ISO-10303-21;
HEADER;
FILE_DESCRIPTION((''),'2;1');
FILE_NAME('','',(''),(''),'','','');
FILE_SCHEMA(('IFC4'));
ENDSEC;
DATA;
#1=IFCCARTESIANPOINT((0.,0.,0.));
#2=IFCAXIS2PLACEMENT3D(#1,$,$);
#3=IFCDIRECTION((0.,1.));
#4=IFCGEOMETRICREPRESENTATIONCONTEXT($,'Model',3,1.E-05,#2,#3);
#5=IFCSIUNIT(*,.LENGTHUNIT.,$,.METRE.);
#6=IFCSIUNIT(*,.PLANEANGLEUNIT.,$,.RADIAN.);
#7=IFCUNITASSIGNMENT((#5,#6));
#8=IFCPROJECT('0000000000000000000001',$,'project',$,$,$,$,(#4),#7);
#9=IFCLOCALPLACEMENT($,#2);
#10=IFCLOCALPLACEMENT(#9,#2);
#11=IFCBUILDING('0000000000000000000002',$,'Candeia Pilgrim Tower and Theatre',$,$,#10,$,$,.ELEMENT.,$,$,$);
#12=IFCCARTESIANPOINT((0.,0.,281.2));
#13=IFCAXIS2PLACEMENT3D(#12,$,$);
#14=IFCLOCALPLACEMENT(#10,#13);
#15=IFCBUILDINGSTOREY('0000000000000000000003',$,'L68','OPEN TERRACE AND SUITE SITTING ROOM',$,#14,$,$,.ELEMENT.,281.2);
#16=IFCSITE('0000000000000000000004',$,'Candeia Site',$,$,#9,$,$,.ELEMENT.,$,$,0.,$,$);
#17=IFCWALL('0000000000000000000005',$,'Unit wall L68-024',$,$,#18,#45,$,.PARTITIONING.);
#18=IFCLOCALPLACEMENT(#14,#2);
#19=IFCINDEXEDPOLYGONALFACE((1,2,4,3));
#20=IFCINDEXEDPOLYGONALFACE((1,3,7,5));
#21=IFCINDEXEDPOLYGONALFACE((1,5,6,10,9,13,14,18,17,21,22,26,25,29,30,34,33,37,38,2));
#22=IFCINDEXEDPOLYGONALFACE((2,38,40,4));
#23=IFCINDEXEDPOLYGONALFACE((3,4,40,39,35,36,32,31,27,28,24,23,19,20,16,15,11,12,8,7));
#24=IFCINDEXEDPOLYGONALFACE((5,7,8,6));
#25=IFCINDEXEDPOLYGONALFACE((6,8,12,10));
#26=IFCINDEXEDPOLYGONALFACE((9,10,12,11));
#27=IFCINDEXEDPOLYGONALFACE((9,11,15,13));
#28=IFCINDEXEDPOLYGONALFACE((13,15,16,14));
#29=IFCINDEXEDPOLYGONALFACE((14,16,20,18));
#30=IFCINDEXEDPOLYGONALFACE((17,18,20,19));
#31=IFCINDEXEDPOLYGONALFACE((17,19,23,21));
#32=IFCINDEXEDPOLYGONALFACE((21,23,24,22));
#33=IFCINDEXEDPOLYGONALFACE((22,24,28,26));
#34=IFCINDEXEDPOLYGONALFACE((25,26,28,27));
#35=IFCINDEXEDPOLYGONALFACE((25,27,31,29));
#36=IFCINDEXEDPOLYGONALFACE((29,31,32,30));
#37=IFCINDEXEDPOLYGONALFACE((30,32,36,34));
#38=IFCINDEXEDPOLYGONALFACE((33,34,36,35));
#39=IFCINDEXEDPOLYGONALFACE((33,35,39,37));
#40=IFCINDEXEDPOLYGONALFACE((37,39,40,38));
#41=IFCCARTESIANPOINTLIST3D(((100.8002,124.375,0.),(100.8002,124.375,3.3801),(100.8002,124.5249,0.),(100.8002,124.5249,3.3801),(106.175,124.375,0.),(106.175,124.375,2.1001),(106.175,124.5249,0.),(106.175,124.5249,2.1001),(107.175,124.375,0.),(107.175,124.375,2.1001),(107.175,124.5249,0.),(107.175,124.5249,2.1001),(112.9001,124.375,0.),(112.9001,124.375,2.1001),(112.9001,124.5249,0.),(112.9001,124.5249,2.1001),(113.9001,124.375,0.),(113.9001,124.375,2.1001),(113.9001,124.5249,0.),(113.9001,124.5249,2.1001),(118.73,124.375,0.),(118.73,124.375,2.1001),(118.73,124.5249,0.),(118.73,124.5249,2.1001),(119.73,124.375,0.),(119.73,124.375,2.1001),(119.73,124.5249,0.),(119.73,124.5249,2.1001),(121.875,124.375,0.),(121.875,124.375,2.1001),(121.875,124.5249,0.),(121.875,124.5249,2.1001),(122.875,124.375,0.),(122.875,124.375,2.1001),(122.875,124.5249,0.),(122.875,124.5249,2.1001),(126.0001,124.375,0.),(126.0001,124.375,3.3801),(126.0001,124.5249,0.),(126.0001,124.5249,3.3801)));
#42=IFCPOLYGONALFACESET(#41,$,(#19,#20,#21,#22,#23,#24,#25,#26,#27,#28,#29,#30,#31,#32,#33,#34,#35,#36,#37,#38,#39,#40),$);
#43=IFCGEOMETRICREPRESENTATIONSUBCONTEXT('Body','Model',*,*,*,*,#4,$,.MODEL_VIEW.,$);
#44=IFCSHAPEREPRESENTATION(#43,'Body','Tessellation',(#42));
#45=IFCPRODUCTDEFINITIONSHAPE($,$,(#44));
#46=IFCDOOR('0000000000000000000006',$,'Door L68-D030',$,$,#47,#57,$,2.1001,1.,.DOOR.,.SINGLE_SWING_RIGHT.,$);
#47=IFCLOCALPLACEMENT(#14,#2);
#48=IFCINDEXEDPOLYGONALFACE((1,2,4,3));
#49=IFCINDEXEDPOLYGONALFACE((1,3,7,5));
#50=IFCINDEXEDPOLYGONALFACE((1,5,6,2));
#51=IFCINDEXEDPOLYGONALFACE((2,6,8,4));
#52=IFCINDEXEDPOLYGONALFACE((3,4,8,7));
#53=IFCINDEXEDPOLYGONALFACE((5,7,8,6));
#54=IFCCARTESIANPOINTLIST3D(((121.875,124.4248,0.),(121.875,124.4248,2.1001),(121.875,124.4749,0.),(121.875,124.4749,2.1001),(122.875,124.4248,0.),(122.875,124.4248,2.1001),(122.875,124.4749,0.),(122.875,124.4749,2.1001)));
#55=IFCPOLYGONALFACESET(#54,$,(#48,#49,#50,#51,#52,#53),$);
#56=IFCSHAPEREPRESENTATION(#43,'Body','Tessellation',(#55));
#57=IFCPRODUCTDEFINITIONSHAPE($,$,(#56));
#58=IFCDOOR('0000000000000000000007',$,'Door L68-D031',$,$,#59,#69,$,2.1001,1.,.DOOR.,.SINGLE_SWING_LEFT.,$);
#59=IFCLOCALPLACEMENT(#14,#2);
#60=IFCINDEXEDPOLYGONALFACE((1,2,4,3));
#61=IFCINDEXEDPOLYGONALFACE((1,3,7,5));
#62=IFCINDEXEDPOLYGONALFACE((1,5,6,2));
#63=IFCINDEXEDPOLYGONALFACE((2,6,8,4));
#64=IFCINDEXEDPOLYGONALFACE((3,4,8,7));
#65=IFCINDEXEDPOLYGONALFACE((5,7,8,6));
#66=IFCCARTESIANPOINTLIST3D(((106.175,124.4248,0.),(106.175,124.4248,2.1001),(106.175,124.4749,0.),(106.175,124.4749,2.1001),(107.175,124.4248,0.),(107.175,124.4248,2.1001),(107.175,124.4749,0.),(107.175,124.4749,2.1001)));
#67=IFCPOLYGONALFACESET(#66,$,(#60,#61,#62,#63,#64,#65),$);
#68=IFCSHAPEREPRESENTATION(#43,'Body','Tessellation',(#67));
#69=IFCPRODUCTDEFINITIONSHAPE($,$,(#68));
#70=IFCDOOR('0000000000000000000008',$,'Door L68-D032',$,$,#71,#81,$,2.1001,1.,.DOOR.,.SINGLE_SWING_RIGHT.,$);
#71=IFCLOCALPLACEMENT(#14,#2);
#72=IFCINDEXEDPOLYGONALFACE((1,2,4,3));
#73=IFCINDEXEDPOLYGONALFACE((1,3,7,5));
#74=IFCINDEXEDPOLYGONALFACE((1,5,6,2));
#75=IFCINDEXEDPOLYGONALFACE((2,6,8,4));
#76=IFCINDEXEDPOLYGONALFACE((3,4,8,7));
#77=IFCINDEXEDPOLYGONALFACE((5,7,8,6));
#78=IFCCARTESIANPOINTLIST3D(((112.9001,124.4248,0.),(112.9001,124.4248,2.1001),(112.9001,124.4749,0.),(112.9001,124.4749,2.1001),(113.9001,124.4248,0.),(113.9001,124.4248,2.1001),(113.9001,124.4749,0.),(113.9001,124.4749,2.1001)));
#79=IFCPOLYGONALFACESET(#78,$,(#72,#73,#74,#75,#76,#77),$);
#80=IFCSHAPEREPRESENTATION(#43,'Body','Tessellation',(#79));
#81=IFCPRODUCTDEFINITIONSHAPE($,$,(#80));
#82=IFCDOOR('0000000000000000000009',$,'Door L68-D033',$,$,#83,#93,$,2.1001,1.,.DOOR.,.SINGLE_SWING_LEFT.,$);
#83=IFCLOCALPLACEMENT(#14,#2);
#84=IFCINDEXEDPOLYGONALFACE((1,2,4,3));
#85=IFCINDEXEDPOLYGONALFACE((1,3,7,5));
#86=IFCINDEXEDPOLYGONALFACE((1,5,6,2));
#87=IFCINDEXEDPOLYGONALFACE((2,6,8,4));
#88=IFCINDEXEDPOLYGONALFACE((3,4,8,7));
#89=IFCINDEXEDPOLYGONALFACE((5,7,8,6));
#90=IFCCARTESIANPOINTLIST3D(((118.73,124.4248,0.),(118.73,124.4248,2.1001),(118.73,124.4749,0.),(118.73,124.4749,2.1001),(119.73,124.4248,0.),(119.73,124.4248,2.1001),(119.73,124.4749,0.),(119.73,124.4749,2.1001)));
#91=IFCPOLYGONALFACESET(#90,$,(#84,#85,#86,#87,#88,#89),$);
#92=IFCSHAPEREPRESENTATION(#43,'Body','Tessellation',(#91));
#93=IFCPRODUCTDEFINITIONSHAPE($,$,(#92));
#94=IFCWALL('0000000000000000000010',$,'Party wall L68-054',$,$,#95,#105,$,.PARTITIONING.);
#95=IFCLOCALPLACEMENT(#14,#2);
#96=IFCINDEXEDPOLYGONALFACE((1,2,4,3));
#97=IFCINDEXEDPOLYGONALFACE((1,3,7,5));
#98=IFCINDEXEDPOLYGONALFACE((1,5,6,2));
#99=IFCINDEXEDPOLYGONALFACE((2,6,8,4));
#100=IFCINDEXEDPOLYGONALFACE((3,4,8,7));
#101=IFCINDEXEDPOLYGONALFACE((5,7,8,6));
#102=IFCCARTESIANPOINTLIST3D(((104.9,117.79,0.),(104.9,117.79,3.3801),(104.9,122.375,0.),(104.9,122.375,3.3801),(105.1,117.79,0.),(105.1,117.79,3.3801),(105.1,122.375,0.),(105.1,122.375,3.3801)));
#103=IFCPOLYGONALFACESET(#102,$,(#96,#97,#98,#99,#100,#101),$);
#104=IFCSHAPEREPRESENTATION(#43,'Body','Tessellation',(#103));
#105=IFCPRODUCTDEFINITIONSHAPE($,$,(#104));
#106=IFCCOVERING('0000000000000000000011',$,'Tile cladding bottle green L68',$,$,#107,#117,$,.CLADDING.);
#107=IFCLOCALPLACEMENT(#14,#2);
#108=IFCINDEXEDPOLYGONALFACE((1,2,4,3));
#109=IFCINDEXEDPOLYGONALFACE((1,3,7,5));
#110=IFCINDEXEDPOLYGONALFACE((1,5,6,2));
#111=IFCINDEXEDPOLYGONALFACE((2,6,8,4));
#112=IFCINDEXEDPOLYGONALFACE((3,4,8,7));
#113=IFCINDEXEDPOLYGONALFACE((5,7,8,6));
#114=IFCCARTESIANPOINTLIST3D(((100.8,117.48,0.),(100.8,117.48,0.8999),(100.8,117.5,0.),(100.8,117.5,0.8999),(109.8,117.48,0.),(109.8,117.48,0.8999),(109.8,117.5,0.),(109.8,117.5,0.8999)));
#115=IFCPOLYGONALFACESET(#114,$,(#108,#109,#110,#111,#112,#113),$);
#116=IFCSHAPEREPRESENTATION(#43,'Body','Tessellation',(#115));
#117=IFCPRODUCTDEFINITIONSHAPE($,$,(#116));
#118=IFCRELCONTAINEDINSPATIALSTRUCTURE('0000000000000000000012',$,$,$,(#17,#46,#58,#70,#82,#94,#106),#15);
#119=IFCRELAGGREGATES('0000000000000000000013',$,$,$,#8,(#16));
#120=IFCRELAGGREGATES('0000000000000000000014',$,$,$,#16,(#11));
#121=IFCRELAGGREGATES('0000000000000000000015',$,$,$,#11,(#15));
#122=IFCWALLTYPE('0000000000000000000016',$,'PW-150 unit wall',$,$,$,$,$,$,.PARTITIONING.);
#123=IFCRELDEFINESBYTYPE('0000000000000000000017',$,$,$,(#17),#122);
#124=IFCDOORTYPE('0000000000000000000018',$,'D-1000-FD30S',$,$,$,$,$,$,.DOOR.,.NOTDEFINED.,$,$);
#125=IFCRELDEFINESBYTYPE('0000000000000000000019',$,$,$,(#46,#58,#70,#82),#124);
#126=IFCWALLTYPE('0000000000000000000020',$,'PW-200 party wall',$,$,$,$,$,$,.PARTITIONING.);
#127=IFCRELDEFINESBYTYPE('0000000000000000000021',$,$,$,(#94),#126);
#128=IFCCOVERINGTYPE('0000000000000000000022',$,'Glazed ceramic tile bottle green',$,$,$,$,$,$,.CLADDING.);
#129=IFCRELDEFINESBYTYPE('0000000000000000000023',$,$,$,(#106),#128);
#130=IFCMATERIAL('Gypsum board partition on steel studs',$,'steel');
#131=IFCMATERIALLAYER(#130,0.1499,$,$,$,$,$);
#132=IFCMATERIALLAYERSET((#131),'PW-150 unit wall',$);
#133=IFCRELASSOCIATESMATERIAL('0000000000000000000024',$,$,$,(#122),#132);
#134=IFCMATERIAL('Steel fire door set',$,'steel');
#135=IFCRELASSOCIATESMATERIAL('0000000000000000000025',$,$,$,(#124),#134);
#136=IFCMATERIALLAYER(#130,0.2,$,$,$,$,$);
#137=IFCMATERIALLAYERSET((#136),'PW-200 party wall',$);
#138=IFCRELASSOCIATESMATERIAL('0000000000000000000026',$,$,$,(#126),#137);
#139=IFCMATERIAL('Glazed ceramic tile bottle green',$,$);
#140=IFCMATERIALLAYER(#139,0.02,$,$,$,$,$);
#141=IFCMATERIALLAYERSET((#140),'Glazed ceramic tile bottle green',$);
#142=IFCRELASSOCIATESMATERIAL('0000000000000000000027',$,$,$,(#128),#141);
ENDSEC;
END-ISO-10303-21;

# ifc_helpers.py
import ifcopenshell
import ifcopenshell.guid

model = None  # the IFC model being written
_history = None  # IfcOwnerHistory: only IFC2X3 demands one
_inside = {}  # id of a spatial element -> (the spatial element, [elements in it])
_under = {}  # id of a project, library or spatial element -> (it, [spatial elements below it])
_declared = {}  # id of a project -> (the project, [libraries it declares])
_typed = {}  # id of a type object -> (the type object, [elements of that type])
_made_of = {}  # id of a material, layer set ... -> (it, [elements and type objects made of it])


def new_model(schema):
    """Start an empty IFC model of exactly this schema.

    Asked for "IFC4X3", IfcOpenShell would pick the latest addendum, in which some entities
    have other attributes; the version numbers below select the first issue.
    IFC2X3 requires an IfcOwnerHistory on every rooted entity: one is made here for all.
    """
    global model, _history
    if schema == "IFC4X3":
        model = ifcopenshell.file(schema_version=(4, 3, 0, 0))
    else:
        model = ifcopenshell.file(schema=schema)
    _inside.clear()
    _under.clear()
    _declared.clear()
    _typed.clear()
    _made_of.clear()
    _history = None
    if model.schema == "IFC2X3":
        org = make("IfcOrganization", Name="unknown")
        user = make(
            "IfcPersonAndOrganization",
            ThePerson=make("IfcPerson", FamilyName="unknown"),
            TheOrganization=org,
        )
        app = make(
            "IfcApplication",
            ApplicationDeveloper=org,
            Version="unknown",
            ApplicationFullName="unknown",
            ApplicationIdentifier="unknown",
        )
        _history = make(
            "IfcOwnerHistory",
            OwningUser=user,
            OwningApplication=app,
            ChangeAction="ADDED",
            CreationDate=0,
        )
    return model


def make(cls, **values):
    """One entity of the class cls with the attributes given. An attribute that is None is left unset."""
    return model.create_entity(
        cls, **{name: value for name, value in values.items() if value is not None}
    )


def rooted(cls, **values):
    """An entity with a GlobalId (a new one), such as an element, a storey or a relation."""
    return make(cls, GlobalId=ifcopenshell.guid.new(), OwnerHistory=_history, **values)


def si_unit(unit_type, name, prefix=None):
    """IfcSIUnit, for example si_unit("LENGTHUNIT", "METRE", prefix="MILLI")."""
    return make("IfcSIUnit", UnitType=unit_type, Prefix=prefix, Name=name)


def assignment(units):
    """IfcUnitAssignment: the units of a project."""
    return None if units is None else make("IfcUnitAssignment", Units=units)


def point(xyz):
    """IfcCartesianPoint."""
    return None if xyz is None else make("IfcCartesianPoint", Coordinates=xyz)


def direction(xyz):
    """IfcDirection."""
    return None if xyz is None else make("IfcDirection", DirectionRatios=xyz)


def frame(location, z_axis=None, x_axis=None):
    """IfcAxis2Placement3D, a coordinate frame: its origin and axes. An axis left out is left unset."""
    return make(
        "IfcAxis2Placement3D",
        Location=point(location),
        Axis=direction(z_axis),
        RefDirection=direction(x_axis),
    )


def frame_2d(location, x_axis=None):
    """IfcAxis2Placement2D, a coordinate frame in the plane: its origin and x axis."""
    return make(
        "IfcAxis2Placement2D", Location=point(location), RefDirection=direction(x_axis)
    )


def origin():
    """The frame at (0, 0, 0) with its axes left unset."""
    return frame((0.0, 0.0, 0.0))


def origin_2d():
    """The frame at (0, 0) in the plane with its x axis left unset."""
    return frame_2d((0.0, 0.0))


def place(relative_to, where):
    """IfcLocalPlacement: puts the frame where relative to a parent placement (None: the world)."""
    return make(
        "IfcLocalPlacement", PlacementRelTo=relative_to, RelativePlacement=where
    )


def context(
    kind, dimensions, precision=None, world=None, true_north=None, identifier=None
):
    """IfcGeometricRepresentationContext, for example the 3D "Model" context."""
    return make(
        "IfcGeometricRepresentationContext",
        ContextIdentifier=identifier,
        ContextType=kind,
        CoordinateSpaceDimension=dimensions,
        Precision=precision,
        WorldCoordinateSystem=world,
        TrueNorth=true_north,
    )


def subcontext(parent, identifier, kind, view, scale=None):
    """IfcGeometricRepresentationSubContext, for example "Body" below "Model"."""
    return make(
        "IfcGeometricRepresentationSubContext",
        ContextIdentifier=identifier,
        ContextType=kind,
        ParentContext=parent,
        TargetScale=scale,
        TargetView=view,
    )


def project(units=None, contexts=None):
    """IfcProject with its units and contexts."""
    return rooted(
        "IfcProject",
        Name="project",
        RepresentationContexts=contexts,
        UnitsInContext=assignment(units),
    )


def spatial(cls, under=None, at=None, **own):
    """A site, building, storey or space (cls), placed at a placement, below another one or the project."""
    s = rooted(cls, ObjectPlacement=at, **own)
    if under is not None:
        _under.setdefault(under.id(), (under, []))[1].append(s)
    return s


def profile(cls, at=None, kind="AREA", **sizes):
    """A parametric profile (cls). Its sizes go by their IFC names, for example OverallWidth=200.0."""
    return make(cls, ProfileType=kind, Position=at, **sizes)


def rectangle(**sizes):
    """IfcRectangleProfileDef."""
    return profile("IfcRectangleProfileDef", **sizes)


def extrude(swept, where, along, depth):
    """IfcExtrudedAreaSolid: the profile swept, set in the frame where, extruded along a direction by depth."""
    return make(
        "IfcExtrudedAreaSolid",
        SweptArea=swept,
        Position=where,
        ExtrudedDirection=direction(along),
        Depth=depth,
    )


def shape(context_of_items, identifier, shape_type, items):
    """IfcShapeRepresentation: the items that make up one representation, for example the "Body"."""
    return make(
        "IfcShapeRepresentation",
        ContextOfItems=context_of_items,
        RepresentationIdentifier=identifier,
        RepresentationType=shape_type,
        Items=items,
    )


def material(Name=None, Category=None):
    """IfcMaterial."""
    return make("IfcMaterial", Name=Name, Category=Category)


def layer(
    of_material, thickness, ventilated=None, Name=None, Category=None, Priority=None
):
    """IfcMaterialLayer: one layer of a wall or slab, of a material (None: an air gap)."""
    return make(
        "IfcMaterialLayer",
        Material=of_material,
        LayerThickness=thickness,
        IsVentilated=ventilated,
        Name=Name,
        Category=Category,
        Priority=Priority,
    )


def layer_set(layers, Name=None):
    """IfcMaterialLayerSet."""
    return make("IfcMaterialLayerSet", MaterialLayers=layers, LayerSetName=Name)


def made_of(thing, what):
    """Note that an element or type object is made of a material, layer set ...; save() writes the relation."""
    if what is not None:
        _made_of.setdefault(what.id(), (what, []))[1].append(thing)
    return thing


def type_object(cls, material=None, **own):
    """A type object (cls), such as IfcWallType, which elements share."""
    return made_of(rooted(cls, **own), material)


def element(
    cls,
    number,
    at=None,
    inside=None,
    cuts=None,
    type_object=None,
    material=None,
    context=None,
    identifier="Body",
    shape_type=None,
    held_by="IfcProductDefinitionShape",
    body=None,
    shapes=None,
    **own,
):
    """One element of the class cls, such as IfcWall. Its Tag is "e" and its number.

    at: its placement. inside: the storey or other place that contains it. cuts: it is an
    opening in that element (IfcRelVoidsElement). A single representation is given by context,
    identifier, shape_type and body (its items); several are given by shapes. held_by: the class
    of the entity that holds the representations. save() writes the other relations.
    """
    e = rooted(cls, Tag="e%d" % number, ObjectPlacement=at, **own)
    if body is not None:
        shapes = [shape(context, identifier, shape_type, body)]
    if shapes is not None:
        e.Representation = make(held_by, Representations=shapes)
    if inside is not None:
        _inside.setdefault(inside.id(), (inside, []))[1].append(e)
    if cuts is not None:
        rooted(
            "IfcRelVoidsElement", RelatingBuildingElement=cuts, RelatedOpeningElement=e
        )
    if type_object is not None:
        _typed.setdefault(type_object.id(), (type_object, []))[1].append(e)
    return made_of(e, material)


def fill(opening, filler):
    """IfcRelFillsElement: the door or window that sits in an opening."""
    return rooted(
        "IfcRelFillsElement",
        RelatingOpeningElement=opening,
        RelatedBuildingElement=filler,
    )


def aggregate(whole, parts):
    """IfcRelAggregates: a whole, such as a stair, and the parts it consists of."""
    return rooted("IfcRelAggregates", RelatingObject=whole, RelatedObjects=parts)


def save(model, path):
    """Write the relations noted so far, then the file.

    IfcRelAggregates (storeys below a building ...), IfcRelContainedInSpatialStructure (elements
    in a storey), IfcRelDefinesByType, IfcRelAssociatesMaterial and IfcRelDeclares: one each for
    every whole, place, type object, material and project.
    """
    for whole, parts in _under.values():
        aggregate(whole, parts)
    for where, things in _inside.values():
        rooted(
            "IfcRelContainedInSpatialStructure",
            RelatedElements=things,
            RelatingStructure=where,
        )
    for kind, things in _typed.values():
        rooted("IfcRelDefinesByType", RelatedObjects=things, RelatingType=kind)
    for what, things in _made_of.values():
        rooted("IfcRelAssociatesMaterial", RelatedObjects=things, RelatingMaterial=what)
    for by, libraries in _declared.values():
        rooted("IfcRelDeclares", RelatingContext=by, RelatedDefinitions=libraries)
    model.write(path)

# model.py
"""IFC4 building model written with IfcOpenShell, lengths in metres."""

from ifc_helpers import new_model, si_unit, direction, frame, frame_2d, origin, origin_2d, place, context, subcontext, project, spatial, rectangle, extrude, material, layer, layer_set, type_object, element, fill, save


model = new_model("IFC4")

# Units and contexts
model_context = context("Model", 3, precision=1e-05, world=origin(), true_north=direction((0.0, 1.0)))
body_context = subcontext(model_context, "Body", "Model", "MODEL_VIEW")
ifc_project = project(units=[si_unit("LENGTHUNIT", "METRE"), si_unit("PLANEANGLEUNIT", "RADIAN")], contexts=[model_context])

# Site, building, storey
site_placement = place(None, origin())
site = spatial("IfcSite", under=ifc_project, at=site_placement, Name="Candeia Site", CompositionType="ELEMENT", RefElevation=0.0)
building_placement = place(site_placement, origin())
building = spatial("IfcBuilding", under=site, at=building_placement, Name="Candeia Pilgrim Tower and Theatre", CompositionType="ELEMENT")
storey_placement = place(building_placement, frame((0.0, 0.0, 281.2)))
storey = spatial("IfcBuildingStorey", under=building, at=storey_placement, Name="L68", Description="OPEN TERRACE AND SUITE SITTING ROOM", CompositionType="ELEMENT", Elevation=281.2)

# Shared definitions
ifc_material_1 = material(Name="Gypsum board partition on steel studs", Category="steel")

# Wall, openings, doors
ifc_layer_1 = layer(ifc_material_1, 0.1499)
ifc_layer_set_1 = layer_set([ifc_layer_1], Name="PW-150 unit wall")
wall_type_1 = type_object("IfcWallType", Name="PW-150 unit wall", PredefinedType="PARTITIONING", material=ifc_layer_set_1)
wall_1_placement = place(storey_placement, frame((100.8, 124.45, 0.0), z_axis=(0.0, 0.0, 1.0), x_axis=(1.0, 0.0, 0.0)))
wall_1 = element("IfcWall", 1, at=wall_1_placement, inside=storey, type_object=wall_type_1, Name="Unit wall L68-024", PredefinedType="PARTITIONING", context=body_context, shape_type="SweptSolid", body=[
    extrude(rectangle(XDim=25.2, YDim=0.1499, at=frame_2d((12.6001, 0.0))), origin(), (0.0, 0.0, 1.0), 3.3801),
])
opening_1_placement = place(wall_1_placement, frame((21.075, 0.0, 0.0)))
opening_1 = element("IfcOpeningElement", 2, at=opening_1_placement, cuts=wall_1, PredefinedType="OPENING", context=body_context, shape_type="SweptSolid", body=[
    extrude(rectangle(XDim=1.0, YDim=2.1001, at=frame_2d((0.5, 1.05))), frame((0.0, 0.085, 0.0), z_axis=(0.0, -1.0, 0.0), x_axis=(1.0, 0.0, 0.0)), (0.0, 0.0, 1.0), 0.1699),
])
opening_2_placement = place(wall_1_placement, frame((5.375, 0.0, 0.0)))
opening_2 = element("IfcOpeningElement", 3, at=opening_2_placement, cuts=wall_1, PredefinedType="OPENING", context=body_context, shape_type="SweptSolid", body=[
    extrude(rectangle(XDim=1.0, YDim=2.1001, at=frame_2d((0.5, 1.05))), frame((0.0, 0.085, 0.0), z_axis=(0.0, -1.0, 0.0), x_axis=(1.0, 0.0, 0.0)), (0.0, 0.0, 1.0), 0.1699),
])
opening_3_placement = place(wall_1_placement, frame((12.1001, 0.0, 0.0)))
opening_3 = element("IfcOpeningElement", 4, at=opening_3_placement, cuts=wall_1, PredefinedType="OPENING", context=body_context, shape_type="SweptSolid", body=[
    extrude(rectangle(XDim=1.0, YDim=2.1001, at=frame_2d((0.5, 1.05))), frame((0.0, 0.085, 0.0), z_axis=(0.0, -1.0, 0.0), x_axis=(1.0, 0.0, 0.0)), (0.0, 0.0, 1.0), 0.1699),
])
opening_4_placement = place(wall_1_placement, frame((17.9299, 0.0, 0.0)))
opening_4 = element("IfcOpeningElement", 5, at=opening_4_placement, cuts=wall_1, PredefinedType="OPENING", context=body_context, shape_type="SweptSolid", body=[
    extrude(rectangle(XDim=1.0, YDim=2.1001, at=frame_2d((0.5, 1.05))), frame((0.0, 0.085, 0.0), z_axis=(0.0, -1.0, 0.0), x_axis=(1.0, 0.0, 0.0)), (0.0, 0.0, 1.0), 0.1699),
])
ifc_material_2 = material(Name="Steel fire door set", Category="steel")
door_type_1 = type_object("IfcDoorType", Name="D-1000-FD30S", OperationType="NOTDEFINED", PredefinedType="DOOR", material=ifc_material_2)
door_1_placement = place(opening_1_placement, origin())
door_1 = element("IfcDoor", 6, at=door_1_placement, inside=storey, type_object=door_type_1, Name="Door L68-D030", OperationType="SINGLE_SWING_RIGHT", OverallHeight=2.1001, OverallWidth=1.0, PredefinedType="DOOR", context=body_context, shape_type="SweptSolid", body=[
    extrude(rectangle(XDim=1.0, YDim=2.1001, at=frame_2d((0.5, 1.05))), frame((0.0, 0.0249, 0.0), z_axis=(0.0, -1.0, 0.0), x_axis=(1.0, 0.0, 0.0)), (0.0, 0.0, 1.0), 0.05),
])
fill(opening_1, door_1)
door_2_placement = place(opening_2_placement, origin())
door_2 = element("IfcDoor", 7, at=door_2_placement, inside=storey, type_object=door_type_1, Name="Door L68-D031", OperationType="SINGLE_SWING_LEFT", OverallHeight=2.1001, OverallWidth=1.0, PredefinedType="DOOR", context=body_context, shape_type="SweptSolid", body=[
    extrude(rectangle(XDim=1.0, YDim=2.1001, at=frame_2d((0.5, 1.05))), frame((0.0, 0.0249, 0.0), z_axis=(0.0, -1.0, 0.0), x_axis=(1.0, 0.0, 0.0)), (0.0, 0.0, 1.0), 0.05),
])
fill(opening_2, door_2)
door_3_placement = place(opening_3_placement, origin())
door_3 = element("IfcDoor", 8, at=door_3_placement, inside=storey, type_object=door_type_1, Name="Door L68-D032", OperationType="SINGLE_SWING_RIGHT", OverallHeight=2.1001, OverallWidth=1.0, PredefinedType="DOOR", context=body_context, shape_type="SweptSolid", body=[
    extrude(rectangle(XDim=1.0, YDim=2.1001, at=frame_2d((0.5, 1.05))), frame((0.0, 0.0249, 0.0), z_axis=(0.0, -1.0, 0.0), x_axis=(1.0, 0.0, 0.0)), (0.0, 0.0, 1.0), 0.05),
])
fill(opening_3, door_3)
door_4_placement = place(opening_4_placement, origin())
door_4 = element("IfcDoor", 9, at=door_4_placement, inside=storey, type_object=door_type_1, Name="Door L68-D033", OperationType="SINGLE_SWING_LEFT", OverallHeight=2.1001, OverallWidth=1.0, PredefinedType="DOOR", context=body_context, shape_type="SweptSolid", body=[
    extrude(rectangle(XDim=1.0, YDim=2.1001, at=frame_2d((0.5, 1.05))), frame((0.0, 0.0249, 0.0), z_axis=(0.0, -1.0, 0.0), x_axis=(1.0, 0.0, 0.0)), (0.0, 0.0, 1.0), 0.05),
])
fill(opening_4, door_4)

# Wall
ifc_layer_2 = layer(ifc_material_1, 0.2)
ifc_layer_set_2 = layer_set([ifc_layer_2], Name="PW-200 party wall")
wall_type_2 = type_object("IfcWallType", Name="PW-200 party wall", PredefinedType="PARTITIONING", material=ifc_layer_set_2)
wall_2_placement = place(storey_placement, frame((105.0, 117.79, 0.0), z_axis=(0.0, 0.0, 1.0), x_axis=(0.0, 1.0, 0.0)))
element("IfcWall", 10, at=wall_2_placement, inside=storey, type_object=wall_type_2, Name="Party wall L68-054", PredefinedType="PARTITIONING", context=body_context, shape_type="SweptSolid", body=[
    extrude(rectangle(XDim=4.585, YDim=0.2, at=frame_2d((2.2925, 0.0))), origin(), (0.0, 0.0, 1.0), 3.3801),
])

# Covering
ifc_material_3 = material(Name="Glazed ceramic tile bottle green")
ifc_layer_3 = layer(ifc_material_3, 0.02)
ifc_layer_set_3 = layer_set([ifc_layer_3], Name="Glazed ceramic tile bottle green")
covering_type = type_object("IfcCoveringType", Name="Glazed ceramic tile bottle green", PredefinedType="CLADDING", material=ifc_layer_set_3)
covering_placement = place(storey_placement, frame((105.3, 117.49, 0.0), z_axis=(0.0, 0.0, 1.0), x_axis=(1.0, 0.0, 0.0)))
element("IfcCovering", 11, at=covering_placement, inside=storey, type_object=covering_type, Name="Tile cladding bottle green L68", PredefinedType="CLADDING", context=body_context, shape_type="SweptSolid", body=[
    extrude(rectangle(XDim=9.0, YDim=0.02, at=origin_2d()), origin(), (0.0, 0.0, 1.0), 0.8999),
])

save(model, "model.ifc")
